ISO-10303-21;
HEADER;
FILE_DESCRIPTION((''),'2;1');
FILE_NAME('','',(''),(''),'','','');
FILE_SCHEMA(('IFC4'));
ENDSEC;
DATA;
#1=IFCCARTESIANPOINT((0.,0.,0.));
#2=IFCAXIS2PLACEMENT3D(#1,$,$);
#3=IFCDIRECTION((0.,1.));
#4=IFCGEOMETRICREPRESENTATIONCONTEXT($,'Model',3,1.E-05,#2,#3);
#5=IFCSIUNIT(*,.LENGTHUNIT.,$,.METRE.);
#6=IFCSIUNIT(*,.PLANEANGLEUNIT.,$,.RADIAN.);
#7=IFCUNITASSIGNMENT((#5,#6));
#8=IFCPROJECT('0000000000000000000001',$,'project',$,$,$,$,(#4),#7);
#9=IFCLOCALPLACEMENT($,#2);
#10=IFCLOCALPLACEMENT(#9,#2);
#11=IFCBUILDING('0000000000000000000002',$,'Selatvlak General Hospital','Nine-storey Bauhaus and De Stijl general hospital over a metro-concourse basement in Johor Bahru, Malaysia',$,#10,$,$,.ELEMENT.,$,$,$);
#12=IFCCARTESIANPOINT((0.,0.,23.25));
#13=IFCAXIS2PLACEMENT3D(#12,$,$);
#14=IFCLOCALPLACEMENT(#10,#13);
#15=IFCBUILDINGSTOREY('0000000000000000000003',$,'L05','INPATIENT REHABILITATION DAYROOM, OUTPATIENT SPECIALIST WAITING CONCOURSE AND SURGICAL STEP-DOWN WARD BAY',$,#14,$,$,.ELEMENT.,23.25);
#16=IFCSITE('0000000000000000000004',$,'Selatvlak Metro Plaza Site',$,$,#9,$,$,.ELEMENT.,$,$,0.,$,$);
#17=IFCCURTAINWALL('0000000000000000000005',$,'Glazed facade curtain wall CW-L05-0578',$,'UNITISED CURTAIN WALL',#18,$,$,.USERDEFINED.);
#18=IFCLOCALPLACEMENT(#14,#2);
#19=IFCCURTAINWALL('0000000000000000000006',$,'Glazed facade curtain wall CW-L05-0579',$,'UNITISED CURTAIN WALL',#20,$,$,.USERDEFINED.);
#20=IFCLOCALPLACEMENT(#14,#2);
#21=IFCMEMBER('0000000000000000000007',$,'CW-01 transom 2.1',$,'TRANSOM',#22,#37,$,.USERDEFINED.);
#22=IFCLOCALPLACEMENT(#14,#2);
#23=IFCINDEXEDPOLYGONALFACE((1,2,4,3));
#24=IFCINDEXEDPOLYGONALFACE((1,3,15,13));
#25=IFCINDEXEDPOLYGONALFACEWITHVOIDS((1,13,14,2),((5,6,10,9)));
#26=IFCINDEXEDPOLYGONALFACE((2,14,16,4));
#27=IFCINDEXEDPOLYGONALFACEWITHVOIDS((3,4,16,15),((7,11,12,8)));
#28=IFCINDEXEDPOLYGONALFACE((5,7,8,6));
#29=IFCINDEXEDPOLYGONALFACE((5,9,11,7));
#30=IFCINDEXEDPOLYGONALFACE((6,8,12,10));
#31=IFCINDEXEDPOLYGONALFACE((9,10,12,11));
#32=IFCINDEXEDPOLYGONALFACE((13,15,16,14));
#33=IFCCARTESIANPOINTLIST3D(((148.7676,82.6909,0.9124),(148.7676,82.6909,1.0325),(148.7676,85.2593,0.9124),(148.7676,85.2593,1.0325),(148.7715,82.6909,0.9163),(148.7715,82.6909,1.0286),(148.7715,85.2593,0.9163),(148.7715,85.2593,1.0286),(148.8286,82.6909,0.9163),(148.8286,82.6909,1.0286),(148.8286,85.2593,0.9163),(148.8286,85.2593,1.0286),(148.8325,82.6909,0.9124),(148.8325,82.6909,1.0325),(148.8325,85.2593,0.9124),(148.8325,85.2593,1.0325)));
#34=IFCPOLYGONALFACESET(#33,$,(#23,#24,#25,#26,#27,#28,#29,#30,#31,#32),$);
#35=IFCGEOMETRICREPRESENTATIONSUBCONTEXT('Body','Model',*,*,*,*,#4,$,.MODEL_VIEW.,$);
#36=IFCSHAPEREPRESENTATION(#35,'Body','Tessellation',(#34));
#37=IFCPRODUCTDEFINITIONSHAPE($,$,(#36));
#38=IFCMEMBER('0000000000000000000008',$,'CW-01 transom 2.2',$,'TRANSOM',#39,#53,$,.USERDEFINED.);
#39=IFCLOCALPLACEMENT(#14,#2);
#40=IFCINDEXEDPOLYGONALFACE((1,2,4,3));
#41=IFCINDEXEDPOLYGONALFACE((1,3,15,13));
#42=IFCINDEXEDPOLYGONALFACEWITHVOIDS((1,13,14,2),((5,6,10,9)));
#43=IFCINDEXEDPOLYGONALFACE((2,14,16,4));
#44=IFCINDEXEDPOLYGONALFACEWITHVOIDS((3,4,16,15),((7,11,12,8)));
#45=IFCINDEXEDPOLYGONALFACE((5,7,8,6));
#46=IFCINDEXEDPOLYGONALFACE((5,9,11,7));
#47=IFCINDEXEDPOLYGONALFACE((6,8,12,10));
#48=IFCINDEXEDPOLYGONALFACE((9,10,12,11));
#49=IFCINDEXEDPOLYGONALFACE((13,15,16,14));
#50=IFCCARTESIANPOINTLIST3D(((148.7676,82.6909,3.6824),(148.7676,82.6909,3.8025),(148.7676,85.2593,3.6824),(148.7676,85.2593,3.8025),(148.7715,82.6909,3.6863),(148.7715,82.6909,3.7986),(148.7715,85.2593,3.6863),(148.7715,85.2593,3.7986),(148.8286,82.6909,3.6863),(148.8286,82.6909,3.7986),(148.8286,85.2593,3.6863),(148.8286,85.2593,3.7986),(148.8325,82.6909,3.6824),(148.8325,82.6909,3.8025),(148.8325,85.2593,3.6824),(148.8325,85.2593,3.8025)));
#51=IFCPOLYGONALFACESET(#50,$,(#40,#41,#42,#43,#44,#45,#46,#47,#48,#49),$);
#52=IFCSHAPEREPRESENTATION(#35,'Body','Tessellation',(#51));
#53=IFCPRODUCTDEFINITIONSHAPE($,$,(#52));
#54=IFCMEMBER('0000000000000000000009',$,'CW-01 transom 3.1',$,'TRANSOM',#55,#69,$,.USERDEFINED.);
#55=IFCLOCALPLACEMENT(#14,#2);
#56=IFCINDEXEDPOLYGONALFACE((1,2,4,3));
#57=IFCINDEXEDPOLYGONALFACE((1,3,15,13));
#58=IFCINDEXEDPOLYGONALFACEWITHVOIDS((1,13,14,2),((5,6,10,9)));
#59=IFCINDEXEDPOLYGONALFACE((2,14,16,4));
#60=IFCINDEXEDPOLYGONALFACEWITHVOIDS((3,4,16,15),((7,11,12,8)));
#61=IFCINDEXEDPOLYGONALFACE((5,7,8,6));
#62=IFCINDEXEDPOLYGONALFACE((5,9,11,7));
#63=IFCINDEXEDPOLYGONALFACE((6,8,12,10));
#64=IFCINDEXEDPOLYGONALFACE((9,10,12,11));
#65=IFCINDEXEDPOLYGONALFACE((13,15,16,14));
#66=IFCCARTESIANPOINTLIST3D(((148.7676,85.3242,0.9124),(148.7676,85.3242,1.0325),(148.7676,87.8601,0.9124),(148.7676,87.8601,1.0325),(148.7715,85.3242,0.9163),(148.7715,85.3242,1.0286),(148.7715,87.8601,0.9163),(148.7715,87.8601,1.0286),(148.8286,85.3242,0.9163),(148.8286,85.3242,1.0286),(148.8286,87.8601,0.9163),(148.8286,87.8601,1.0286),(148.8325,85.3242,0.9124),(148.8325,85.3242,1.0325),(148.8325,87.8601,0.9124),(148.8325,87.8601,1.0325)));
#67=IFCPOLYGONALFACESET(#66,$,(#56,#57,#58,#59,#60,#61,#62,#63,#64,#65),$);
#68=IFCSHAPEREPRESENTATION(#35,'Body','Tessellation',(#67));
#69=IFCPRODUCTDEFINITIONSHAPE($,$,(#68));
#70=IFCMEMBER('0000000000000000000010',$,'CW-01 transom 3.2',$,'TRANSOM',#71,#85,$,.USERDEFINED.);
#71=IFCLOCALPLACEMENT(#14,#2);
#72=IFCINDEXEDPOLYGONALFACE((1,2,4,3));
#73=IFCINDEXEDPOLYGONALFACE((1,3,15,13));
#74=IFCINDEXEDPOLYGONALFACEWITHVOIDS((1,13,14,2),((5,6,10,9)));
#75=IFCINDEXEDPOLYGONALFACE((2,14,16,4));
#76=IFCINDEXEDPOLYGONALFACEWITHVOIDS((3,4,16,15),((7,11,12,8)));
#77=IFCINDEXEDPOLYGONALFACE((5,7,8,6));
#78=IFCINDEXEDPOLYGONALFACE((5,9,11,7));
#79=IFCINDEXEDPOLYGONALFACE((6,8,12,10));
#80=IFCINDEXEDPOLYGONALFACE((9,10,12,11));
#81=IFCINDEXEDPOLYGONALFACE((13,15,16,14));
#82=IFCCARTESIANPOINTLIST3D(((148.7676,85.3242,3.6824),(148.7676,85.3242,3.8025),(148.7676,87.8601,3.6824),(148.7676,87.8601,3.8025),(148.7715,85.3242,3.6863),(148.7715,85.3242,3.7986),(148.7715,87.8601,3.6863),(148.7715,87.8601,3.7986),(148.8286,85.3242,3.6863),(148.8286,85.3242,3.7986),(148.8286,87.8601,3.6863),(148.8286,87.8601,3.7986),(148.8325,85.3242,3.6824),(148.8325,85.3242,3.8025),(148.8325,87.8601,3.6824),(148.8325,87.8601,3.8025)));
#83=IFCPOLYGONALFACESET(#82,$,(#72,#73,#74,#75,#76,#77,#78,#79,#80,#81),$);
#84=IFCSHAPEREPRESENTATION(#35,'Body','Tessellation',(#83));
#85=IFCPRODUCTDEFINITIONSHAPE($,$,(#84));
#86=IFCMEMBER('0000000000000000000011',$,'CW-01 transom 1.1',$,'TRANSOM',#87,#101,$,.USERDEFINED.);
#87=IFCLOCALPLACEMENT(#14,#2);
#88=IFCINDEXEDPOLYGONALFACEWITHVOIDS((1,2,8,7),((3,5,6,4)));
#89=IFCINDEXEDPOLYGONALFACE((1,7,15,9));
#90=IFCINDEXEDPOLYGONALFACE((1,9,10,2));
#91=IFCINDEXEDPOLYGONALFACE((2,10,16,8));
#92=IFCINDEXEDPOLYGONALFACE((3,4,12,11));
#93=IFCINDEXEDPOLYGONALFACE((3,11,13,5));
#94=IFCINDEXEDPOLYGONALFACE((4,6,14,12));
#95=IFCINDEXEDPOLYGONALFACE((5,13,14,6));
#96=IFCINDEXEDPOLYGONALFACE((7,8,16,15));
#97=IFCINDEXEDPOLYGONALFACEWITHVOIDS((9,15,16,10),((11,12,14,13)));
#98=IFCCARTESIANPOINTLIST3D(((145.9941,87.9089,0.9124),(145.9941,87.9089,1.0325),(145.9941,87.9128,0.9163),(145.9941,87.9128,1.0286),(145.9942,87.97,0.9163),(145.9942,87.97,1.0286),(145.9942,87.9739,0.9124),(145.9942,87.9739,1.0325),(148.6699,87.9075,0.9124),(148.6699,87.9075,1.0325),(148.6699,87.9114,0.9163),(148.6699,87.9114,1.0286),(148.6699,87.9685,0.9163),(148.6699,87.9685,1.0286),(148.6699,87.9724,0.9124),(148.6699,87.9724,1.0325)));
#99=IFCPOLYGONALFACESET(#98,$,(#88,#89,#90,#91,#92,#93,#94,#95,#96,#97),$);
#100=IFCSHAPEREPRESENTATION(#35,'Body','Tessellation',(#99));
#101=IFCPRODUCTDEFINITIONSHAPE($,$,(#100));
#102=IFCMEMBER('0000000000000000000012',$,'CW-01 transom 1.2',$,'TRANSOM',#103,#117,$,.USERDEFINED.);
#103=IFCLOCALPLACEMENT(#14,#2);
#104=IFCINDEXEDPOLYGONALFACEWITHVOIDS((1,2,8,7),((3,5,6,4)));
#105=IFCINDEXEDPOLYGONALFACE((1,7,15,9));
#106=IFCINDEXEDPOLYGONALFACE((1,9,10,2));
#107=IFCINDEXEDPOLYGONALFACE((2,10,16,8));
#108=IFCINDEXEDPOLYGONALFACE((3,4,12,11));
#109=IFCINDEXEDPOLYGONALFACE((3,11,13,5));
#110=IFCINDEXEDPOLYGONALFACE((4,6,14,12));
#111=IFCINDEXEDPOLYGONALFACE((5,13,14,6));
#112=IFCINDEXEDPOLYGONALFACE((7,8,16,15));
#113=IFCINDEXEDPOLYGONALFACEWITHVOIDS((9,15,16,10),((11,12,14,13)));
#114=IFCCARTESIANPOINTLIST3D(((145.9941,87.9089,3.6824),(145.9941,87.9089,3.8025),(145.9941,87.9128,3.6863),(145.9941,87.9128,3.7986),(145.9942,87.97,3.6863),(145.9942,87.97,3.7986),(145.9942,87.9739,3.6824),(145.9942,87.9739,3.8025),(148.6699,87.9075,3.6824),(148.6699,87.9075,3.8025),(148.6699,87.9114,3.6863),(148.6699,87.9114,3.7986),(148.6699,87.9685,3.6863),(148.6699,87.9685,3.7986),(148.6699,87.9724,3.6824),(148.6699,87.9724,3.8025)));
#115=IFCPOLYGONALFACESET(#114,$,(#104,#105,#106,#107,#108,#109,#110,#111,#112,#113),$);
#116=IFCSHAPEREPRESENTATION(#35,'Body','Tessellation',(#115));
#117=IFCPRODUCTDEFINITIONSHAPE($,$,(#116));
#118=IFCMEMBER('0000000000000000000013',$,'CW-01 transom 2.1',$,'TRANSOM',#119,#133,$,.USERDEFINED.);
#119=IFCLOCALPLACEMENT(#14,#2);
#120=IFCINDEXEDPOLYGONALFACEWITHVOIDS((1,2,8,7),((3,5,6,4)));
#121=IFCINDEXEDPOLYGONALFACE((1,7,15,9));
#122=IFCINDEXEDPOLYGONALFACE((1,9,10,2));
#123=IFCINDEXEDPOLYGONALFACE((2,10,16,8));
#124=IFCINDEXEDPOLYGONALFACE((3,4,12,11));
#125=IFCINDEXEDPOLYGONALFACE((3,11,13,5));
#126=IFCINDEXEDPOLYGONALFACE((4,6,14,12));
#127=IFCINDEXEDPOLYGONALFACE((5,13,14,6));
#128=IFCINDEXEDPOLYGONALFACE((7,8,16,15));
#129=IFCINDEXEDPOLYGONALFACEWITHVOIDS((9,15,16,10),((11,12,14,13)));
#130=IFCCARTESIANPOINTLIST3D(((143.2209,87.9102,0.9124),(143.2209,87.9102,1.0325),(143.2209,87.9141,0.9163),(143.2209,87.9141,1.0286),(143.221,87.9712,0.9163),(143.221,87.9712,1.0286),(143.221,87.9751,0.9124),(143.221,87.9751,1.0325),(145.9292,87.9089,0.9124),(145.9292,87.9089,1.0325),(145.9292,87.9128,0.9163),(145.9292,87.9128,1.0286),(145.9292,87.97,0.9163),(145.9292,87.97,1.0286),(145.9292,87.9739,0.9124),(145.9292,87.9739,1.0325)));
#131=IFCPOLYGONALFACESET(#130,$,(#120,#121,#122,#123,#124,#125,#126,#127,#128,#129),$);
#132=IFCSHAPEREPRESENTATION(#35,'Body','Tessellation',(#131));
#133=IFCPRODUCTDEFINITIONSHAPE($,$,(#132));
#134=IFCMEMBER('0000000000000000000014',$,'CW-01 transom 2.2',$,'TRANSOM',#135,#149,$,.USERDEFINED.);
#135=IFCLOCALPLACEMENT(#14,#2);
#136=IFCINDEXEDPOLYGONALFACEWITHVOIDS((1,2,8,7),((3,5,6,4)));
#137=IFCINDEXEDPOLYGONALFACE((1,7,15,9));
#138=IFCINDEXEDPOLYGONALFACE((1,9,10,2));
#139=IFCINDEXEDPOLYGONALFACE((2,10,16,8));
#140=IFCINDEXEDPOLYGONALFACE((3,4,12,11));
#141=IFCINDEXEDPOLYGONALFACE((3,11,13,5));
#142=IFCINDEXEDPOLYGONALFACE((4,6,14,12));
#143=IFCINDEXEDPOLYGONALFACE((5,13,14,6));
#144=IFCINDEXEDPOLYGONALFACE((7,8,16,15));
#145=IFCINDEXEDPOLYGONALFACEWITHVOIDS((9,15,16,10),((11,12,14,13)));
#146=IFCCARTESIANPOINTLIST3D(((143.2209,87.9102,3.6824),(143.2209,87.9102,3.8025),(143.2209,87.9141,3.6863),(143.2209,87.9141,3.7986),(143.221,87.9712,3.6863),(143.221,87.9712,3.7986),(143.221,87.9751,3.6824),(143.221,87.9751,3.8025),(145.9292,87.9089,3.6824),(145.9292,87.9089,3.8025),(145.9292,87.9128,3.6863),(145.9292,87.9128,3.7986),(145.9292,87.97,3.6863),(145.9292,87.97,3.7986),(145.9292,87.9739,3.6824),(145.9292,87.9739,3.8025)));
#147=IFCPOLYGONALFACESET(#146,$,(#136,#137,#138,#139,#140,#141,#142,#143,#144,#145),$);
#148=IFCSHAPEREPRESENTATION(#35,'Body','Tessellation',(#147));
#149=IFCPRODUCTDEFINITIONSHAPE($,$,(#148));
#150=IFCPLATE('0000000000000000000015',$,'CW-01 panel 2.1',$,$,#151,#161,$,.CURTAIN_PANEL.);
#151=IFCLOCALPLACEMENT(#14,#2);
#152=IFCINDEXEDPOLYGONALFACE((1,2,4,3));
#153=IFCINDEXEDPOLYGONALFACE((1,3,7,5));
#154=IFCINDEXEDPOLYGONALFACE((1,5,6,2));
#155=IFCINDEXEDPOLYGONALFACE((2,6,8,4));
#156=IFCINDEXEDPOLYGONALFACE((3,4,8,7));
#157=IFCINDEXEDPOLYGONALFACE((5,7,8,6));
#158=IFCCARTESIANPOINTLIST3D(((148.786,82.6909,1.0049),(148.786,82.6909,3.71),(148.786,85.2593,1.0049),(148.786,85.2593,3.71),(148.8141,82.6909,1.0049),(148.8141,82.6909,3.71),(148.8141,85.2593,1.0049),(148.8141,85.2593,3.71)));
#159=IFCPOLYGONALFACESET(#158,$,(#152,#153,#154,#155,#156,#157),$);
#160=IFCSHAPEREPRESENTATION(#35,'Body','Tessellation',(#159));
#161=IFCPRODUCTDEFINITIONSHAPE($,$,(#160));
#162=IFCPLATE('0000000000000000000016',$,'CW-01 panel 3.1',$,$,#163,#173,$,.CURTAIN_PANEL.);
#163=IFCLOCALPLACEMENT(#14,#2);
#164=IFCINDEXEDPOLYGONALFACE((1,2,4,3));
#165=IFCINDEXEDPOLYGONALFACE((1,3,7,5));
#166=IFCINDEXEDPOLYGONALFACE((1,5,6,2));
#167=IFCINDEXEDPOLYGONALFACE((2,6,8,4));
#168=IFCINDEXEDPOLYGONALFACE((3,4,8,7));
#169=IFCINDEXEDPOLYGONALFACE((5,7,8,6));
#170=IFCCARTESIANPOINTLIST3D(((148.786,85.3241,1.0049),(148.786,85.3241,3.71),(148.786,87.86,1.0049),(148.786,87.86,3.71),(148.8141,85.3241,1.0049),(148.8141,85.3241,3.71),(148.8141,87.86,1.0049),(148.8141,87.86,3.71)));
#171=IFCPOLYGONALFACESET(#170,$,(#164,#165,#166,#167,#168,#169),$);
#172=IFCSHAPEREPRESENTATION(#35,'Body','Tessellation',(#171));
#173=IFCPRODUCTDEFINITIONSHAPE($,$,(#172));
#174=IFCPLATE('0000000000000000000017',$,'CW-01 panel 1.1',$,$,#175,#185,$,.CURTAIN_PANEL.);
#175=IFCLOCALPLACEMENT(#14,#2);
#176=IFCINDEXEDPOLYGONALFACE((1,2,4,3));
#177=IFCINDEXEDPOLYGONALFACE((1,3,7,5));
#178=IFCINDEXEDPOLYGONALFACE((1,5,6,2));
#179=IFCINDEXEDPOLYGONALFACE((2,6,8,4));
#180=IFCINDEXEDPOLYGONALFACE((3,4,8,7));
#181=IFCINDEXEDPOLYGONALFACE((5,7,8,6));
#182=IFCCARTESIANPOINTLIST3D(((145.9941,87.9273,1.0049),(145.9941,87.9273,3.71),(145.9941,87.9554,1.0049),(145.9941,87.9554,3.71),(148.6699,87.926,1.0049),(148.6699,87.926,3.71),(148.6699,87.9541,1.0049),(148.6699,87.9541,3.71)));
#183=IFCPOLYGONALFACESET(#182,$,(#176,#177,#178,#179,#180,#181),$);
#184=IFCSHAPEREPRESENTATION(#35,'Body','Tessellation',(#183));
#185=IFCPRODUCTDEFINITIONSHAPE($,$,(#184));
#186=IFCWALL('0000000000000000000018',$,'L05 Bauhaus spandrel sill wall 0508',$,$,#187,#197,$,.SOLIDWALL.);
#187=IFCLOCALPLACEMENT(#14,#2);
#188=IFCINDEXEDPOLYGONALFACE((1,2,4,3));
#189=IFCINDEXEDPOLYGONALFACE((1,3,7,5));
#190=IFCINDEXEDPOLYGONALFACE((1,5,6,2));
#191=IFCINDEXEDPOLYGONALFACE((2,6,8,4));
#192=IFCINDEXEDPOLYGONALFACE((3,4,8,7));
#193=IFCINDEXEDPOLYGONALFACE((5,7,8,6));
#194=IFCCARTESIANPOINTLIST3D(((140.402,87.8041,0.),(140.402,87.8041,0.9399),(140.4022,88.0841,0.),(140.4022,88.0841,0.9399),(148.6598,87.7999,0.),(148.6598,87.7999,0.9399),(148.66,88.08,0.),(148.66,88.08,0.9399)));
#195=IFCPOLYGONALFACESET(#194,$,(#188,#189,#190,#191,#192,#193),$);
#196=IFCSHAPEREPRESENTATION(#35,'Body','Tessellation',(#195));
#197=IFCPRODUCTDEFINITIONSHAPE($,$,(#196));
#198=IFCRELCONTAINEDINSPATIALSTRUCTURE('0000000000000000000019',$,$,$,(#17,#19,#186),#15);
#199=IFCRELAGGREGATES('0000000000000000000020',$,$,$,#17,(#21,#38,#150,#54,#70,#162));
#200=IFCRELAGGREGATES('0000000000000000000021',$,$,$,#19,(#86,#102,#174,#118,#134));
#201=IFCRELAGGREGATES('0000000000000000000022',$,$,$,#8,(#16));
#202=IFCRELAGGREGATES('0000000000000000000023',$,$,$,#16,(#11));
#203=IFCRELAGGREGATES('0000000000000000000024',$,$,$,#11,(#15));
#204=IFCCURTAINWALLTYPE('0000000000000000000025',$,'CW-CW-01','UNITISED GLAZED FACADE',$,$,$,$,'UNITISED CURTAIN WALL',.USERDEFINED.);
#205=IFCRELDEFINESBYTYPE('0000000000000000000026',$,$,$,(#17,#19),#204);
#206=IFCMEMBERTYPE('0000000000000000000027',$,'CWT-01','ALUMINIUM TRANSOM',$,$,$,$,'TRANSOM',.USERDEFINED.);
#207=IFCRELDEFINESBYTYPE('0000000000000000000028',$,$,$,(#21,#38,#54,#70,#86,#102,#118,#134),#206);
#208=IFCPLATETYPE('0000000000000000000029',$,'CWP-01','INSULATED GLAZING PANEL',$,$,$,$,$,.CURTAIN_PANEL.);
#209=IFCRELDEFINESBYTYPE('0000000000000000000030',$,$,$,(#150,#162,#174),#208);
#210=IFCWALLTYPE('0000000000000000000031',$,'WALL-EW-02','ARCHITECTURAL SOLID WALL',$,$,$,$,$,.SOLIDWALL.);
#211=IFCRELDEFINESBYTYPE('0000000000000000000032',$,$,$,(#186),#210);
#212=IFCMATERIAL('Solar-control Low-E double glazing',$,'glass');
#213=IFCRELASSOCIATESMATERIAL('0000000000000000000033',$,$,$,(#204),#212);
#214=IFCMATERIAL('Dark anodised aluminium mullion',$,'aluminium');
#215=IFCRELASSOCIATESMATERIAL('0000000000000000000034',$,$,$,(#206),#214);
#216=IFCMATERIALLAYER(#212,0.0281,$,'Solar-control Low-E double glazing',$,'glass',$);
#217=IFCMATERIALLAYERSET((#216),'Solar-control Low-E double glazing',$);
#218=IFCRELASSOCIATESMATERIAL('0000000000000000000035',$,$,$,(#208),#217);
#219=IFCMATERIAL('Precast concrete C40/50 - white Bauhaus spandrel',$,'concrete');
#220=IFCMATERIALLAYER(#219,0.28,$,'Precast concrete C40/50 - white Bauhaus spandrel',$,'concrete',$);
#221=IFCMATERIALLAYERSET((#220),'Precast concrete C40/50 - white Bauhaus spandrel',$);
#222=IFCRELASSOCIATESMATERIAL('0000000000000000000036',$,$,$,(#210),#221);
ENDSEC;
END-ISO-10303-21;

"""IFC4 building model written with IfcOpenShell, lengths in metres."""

from ifc_helpers import new_model, si_unit, direction, frame, frame_2d, origin, origin_2d, place, context, subcontext, project, spatial, rectangle, hollow_rectangle, extrude, material, layer, layer_set, material_profile, profile_set, type_object, element, aggregate, save


model = new_model("IFC4")

# Units and contexts
model_context = context("Model", 3, precision=1e-05, world=origin(), true_north=direction((0.0, 1.0)))
body_context = subcontext(model_context, "Body", "Model", "MODEL_VIEW")
ifc_project = project(units=[si_unit("LENGTHUNIT", "METRE"), si_unit("PLANEANGLEUNIT", "RADIAN")], contexts=[model_context])

# Site, building, storey
site_placement = place(None, origin())
site = spatial("IfcSite", under=ifc_project, at=site_placement, Name="Selatvlak Metro Plaza Site", CompositionType="ELEMENT", RefElevation=0.0)
building_placement = place(site_placement, origin())
building = spatial("IfcBuilding", under=site, at=building_placement, Name="Selatvlak General Hospital", Description="Nine-storey Bauhaus and De Stijl general hospital over a metro-concourse basement in Johor Bahru, Malaysia", CompositionType="ELEMENT")
storey_placement = place(building_placement, frame((0.0, 0.0, 23.25)))
storey = spatial("IfcBuildingStorey", under=building, at=storey_placement, Name="L05", Description="INPATIENT REHABILITATION DAYROOM, OUTPATIENT SPECIALIST WAITING CONCOURSE AND SURGICAL STEP-DOWN WARD BAY", CompositionType="ELEMENT", Elevation=23.25)

# Curtain walls
ifc_material_1 = material(Name="Solar-control Low-E double glazing", Category="glass")
curtain_wall_type = type_object("IfcCurtainWallType", Name="CW-CW-01", Description="UNITISED GLAZED FACADE", ElementType="UNITISED CURTAIN WALL", PredefinedType="USERDEFINED", material=ifc_material_1)
curtain_wall_1_placement = place(storey_placement, origin())
curtain_wall_1 = element("IfcCurtainWall", 1, at=curtain_wall_1_placement, inside=storey, type_object=curtain_wall_type, Name="Glazed facade curtain wall CW-L05-0578", ObjectType="UNITISED CURTAIN WALL", PredefinedType="USERDEFINED")
ifc_material_2 = material(Name="Dark anodised aluminium mullion", Category="aluminium")
curtain_wall_2_placement = place(storey_placement, origin())
curtain_wall_2 = element("IfcCurtainWall", 2, at=curtain_wall_2_placement, inside=storey, type_object=curtain_wall_type, Name="Glazed facade curtain wall CW-L05-0579", ObjectType="UNITISED CURTAIN WALL", PredefinedType="USERDEFINED")

# Members
ifc_material_profile_1 = material_profile(ifc_material_2, hollow_rectangle(XDim=0.0649, YDim=0.1201, WallThickness=0.0039, at=origin_2d()), Name="AL-TRN 65x120x4")
ifc_profile_set_1 = profile_set([ifc_material_profile_1], Name="Dark anodised aluminium mullion")
member_type_1 = type_object("IfcMemberType", Name="CWT-01", Description="ALUMINIUM TRANSOM", ElementType="TRANSOM", PredefinedType="USERDEFINED", material=ifc_profile_set_1)
member_1_placement = place(storey_placement, frame((148.8, 82.6909, 0.9724), z_axis=(0.0, 1.0, 0.0), x_axis=(-1.0, 0.0, 0.0)))
member_1 = element("IfcMember", 3, at=member_1_placement, type_object=member_type_1, Name="CW-01 transom 2.1", ObjectType="TRANSOM", PredefinedType="USERDEFINED", context=body_context, shape_type="SweptSolid", body=[
    extrude(hollow_rectangle(XDim=0.0649, YDim=0.1201, WallThickness=0.0039, at=origin_2d()), origin(), (0.0, 0.0, 1.0), 2.5684),
])
member_2_placement = place(storey_placement, frame((148.8, 82.6909, 3.7424), z_axis=(0.0, 1.0, 0.0), x_axis=(-1.0, 0.0, 0.0)))
member_2 = element("IfcMember", 4, at=member_2_placement, type_object=member_type_1, Name="CW-01 transom 2.2", ObjectType="TRANSOM", PredefinedType="USERDEFINED", context=body_context, shape_type="SweptSolid", body=[
    extrude(hollow_rectangle(XDim=0.0649, YDim=0.1201, WallThickness=0.0039, at=origin_2d()), origin(), (0.0, 0.0, 1.0), 2.5684),
])
member_3_placement = place(storey_placement, frame((148.8, 85.3242, 0.9724), z_axis=(0.0, 1.0, 0.0), x_axis=(-1.0, 0.0, 0.0)))
member_3 = element("IfcMember", 5, at=member_3_placement, type_object=member_type_1, Name="CW-01 transom 3.1", ObjectType="TRANSOM", PredefinedType="USERDEFINED", context=body_context, shape_type="SweptSolid", body=[
    extrude(hollow_rectangle(XDim=0.0649, YDim=0.1201, WallThickness=0.0039, at=origin_2d()), origin(), (0.0, 0.0, 1.0), 2.5359),
])
member_4_placement = place(storey_placement, frame((148.8, 85.3242, 3.7424), z_axis=(0.0, 1.0, 0.0), x_axis=(-1.0, 0.0, 0.0)))
member_4 = element("IfcMember", 6, at=member_4_placement, type_object=member_type_1, Name="CW-01 transom 3.2", ObjectType="TRANSOM", PredefinedType="USERDEFINED", context=body_context, shape_type="SweptSolid", body=[
    extrude(hollow_rectangle(XDim=0.0649, YDim=0.1201, WallThickness=0.0039, at=origin_2d()), origin(), (0.0, 0.0, 1.0), 2.5359),
])
member_5_placement = place(storey_placement, frame((148.6699, 87.9399, 0.9724), z_axis=(-1.0, 0.000547, 0.0), x_axis=(-0.000547, -1.0, 0.0)))
member_5 = element("IfcMember", 7, at=member_5_placement, type_object=member_type_1, Name="CW-01 transom 1.1", ObjectType="TRANSOM", PredefinedType="USERDEFINED", context=body_context, shape_type="SweptSolid", body=[
    extrude(hollow_rectangle(XDim=0.0649, YDim=0.1201, WallThickness=0.0039, at=origin_2d()), origin(), (0.0, 0.0, 1.0), 2.6758),
])
member_6_placement = place(storey_placement, frame((148.6699, 87.9399, 3.7424), z_axis=(-1.0, 0.000547, 0.0), x_axis=(-0.000547, -1.0, 0.0)))
member_6 = element("IfcMember", 8, at=member_6_placement, type_object=member_type_1, Name="CW-01 transom 1.2", ObjectType="TRANSOM", PredefinedType="USERDEFINED", context=body_context, shape_type="SweptSolid", body=[
    extrude(hollow_rectangle(XDim=0.0649, YDim=0.1201, WallThickness=0.0039, at=origin_2d()), origin(), (0.0, 0.0, 1.0), 2.6758),
])
member_7_placement = place(storey_placement, frame((145.9292, 87.9414, 0.9724), z_axis=(-1.0, 0.000451, 0.0), x_axis=(-0.000451, -1.0, 0.0)))
member_7 = element("IfcMember", 9, at=member_7_placement, type_object=member_type_1, Name="CW-01 transom 2.1", ObjectType="TRANSOM", PredefinedType="USERDEFINED", context=body_context, shape_type="SweptSolid", body=[
    extrude(hollow_rectangle(XDim=0.0649, YDim=0.1201, WallThickness=0.0039, at=origin_2d()), origin(), (0.0, 0.0, 1.0), 2.7083),
])
member_8_placement = place(storey_placement, frame((145.9292, 87.9414, 3.7424), z_axis=(-1.0, 0.000451, 0.0), x_axis=(-0.000451, -1.0, 0.0)))
member_8 = element("IfcMember", 10, at=member_8_placement, type_object=member_type_1, Name="CW-01 transom 2.2", ObjectType="TRANSOM", PredefinedType="USERDEFINED", context=body_context, shape_type="SweptSolid", body=[
    extrude(hollow_rectangle(XDim=0.0649, YDim=0.1201, WallThickness=0.0039, at=origin_2d()), origin(), (0.0, 0.0, 1.0), 2.7083),
])

# Plates
ifc_layer_1 = layer(ifc_material_1, 0.0281, Name="Solar-control Low-E double glazing", Category="glass")
ifc_layer_set_1 = layer_set([ifc_layer_1], Name="Solar-control Low-E double glazing")
plate_type = type_object("IfcPlateType", Name="CWP-01", Description="INSULATED GLAZING PANEL", PredefinedType="CURTAIN_PANEL", material=ifc_layer_set_1)
plate_1_placement = place(storey_placement, frame((148.8, 83.9751, 1.0049), z_axis=(0.0, 0.0, 1.0), x_axis=(0.0, 1.0, 0.0)))
plate_1 = element("IfcPlate", 11, at=plate_1_placement, type_object=plate_type, Name="CW-01 panel 2.1", PredefinedType="CURTAIN_PANEL", context=body_context, shape_type="SweptSolid", body=[
    extrude(rectangle(XDim=2.5684, YDim=0.0281, at=origin_2d()), origin(), (0.0, 0.0, 1.0), 2.7051),
])
plate_2_placement = place(storey_placement, frame((148.8, 86.592, 1.0049), z_axis=(0.0, 0.0, 1.0), x_axis=(0.0, 1.0, 0.0)))
plate_2 = element("IfcPlate", 12, at=plate_2_placement, type_object=plate_type, Name="CW-01 panel 3.1", PredefinedType="CURTAIN_PANEL", context=body_context, shape_type="SweptSolid", body=[
    extrude(rectangle(XDim=2.5359, YDim=0.0281, at=origin_2d()), origin(), (0.0, 0.0, 1.0), 2.7051),
])
aggregate(curtain_wall_1, [member_1, member_2, plate_1, member_3, member_4, plate_2])
plate_3_placement = place(storey_placement, frame((147.332, 87.9407, 1.0049), z_axis=(0.0, 0.0, 1.0), x_axis=(-1.0, 0.000481, 0.0)))
plate_3 = element("IfcPlate", 13, at=plate_3_placement, type_object=plate_type, Name="CW-01 panel 1.1", PredefinedType="CURTAIN_PANEL", context=body_context, shape_type="SweptSolid", body=[
    extrude(rectangle(XDim=2.6758, YDim=0.0281, at=origin_2d()), origin(), (0.0, 0.0, 1.0), 2.7051),
])
aggregate(curtain_wall_2, [member_5, member_6, plate_3, member_7, member_8])

# Wall
ifc_material_3 = material(Name="Precast concrete C40/50 - white Bauhaus spandrel", Category="concrete")
ifc_layer_2 = layer(ifc_material_3, 0.28, Name="Precast concrete C40/50 - white Bauhaus spandrel", Category="concrete")
ifc_layer_set_2 = layer_set([ifc_layer_2], Name="Precast concrete C40/50 - white Bauhaus spandrel")
wall_type_1 = type_object("IfcWallType", Name="WALL-EW-02", Description="ARCHITECTURAL SOLID WALL", PredefinedType="SOLIDWALL", material=ifc_layer_set_2)
wall_1_placement = place(storey_placement, frame((148.6599, 87.9399, 0.0), z_axis=(0.0, 0.0, 1.0), x_axis=(-1.0, 0.000503, 0.0)))
element("IfcWall", 14, at=wall_1_placement, inside=storey, type_object=wall_type_1, Name="L05 Bauhaus spandrel sill wall 0508", PredefinedType="SOLIDWALL", context=body_context, shape_type="SweptSolid", body=[
    extrude(rectangle(XDim=8.2578, YDim=0.28, at=frame_2d((4.1289, 0.0))), origin(), (0.0, 0.0, 1.0), 0.9399),
])

save(model, "model.ifc")
